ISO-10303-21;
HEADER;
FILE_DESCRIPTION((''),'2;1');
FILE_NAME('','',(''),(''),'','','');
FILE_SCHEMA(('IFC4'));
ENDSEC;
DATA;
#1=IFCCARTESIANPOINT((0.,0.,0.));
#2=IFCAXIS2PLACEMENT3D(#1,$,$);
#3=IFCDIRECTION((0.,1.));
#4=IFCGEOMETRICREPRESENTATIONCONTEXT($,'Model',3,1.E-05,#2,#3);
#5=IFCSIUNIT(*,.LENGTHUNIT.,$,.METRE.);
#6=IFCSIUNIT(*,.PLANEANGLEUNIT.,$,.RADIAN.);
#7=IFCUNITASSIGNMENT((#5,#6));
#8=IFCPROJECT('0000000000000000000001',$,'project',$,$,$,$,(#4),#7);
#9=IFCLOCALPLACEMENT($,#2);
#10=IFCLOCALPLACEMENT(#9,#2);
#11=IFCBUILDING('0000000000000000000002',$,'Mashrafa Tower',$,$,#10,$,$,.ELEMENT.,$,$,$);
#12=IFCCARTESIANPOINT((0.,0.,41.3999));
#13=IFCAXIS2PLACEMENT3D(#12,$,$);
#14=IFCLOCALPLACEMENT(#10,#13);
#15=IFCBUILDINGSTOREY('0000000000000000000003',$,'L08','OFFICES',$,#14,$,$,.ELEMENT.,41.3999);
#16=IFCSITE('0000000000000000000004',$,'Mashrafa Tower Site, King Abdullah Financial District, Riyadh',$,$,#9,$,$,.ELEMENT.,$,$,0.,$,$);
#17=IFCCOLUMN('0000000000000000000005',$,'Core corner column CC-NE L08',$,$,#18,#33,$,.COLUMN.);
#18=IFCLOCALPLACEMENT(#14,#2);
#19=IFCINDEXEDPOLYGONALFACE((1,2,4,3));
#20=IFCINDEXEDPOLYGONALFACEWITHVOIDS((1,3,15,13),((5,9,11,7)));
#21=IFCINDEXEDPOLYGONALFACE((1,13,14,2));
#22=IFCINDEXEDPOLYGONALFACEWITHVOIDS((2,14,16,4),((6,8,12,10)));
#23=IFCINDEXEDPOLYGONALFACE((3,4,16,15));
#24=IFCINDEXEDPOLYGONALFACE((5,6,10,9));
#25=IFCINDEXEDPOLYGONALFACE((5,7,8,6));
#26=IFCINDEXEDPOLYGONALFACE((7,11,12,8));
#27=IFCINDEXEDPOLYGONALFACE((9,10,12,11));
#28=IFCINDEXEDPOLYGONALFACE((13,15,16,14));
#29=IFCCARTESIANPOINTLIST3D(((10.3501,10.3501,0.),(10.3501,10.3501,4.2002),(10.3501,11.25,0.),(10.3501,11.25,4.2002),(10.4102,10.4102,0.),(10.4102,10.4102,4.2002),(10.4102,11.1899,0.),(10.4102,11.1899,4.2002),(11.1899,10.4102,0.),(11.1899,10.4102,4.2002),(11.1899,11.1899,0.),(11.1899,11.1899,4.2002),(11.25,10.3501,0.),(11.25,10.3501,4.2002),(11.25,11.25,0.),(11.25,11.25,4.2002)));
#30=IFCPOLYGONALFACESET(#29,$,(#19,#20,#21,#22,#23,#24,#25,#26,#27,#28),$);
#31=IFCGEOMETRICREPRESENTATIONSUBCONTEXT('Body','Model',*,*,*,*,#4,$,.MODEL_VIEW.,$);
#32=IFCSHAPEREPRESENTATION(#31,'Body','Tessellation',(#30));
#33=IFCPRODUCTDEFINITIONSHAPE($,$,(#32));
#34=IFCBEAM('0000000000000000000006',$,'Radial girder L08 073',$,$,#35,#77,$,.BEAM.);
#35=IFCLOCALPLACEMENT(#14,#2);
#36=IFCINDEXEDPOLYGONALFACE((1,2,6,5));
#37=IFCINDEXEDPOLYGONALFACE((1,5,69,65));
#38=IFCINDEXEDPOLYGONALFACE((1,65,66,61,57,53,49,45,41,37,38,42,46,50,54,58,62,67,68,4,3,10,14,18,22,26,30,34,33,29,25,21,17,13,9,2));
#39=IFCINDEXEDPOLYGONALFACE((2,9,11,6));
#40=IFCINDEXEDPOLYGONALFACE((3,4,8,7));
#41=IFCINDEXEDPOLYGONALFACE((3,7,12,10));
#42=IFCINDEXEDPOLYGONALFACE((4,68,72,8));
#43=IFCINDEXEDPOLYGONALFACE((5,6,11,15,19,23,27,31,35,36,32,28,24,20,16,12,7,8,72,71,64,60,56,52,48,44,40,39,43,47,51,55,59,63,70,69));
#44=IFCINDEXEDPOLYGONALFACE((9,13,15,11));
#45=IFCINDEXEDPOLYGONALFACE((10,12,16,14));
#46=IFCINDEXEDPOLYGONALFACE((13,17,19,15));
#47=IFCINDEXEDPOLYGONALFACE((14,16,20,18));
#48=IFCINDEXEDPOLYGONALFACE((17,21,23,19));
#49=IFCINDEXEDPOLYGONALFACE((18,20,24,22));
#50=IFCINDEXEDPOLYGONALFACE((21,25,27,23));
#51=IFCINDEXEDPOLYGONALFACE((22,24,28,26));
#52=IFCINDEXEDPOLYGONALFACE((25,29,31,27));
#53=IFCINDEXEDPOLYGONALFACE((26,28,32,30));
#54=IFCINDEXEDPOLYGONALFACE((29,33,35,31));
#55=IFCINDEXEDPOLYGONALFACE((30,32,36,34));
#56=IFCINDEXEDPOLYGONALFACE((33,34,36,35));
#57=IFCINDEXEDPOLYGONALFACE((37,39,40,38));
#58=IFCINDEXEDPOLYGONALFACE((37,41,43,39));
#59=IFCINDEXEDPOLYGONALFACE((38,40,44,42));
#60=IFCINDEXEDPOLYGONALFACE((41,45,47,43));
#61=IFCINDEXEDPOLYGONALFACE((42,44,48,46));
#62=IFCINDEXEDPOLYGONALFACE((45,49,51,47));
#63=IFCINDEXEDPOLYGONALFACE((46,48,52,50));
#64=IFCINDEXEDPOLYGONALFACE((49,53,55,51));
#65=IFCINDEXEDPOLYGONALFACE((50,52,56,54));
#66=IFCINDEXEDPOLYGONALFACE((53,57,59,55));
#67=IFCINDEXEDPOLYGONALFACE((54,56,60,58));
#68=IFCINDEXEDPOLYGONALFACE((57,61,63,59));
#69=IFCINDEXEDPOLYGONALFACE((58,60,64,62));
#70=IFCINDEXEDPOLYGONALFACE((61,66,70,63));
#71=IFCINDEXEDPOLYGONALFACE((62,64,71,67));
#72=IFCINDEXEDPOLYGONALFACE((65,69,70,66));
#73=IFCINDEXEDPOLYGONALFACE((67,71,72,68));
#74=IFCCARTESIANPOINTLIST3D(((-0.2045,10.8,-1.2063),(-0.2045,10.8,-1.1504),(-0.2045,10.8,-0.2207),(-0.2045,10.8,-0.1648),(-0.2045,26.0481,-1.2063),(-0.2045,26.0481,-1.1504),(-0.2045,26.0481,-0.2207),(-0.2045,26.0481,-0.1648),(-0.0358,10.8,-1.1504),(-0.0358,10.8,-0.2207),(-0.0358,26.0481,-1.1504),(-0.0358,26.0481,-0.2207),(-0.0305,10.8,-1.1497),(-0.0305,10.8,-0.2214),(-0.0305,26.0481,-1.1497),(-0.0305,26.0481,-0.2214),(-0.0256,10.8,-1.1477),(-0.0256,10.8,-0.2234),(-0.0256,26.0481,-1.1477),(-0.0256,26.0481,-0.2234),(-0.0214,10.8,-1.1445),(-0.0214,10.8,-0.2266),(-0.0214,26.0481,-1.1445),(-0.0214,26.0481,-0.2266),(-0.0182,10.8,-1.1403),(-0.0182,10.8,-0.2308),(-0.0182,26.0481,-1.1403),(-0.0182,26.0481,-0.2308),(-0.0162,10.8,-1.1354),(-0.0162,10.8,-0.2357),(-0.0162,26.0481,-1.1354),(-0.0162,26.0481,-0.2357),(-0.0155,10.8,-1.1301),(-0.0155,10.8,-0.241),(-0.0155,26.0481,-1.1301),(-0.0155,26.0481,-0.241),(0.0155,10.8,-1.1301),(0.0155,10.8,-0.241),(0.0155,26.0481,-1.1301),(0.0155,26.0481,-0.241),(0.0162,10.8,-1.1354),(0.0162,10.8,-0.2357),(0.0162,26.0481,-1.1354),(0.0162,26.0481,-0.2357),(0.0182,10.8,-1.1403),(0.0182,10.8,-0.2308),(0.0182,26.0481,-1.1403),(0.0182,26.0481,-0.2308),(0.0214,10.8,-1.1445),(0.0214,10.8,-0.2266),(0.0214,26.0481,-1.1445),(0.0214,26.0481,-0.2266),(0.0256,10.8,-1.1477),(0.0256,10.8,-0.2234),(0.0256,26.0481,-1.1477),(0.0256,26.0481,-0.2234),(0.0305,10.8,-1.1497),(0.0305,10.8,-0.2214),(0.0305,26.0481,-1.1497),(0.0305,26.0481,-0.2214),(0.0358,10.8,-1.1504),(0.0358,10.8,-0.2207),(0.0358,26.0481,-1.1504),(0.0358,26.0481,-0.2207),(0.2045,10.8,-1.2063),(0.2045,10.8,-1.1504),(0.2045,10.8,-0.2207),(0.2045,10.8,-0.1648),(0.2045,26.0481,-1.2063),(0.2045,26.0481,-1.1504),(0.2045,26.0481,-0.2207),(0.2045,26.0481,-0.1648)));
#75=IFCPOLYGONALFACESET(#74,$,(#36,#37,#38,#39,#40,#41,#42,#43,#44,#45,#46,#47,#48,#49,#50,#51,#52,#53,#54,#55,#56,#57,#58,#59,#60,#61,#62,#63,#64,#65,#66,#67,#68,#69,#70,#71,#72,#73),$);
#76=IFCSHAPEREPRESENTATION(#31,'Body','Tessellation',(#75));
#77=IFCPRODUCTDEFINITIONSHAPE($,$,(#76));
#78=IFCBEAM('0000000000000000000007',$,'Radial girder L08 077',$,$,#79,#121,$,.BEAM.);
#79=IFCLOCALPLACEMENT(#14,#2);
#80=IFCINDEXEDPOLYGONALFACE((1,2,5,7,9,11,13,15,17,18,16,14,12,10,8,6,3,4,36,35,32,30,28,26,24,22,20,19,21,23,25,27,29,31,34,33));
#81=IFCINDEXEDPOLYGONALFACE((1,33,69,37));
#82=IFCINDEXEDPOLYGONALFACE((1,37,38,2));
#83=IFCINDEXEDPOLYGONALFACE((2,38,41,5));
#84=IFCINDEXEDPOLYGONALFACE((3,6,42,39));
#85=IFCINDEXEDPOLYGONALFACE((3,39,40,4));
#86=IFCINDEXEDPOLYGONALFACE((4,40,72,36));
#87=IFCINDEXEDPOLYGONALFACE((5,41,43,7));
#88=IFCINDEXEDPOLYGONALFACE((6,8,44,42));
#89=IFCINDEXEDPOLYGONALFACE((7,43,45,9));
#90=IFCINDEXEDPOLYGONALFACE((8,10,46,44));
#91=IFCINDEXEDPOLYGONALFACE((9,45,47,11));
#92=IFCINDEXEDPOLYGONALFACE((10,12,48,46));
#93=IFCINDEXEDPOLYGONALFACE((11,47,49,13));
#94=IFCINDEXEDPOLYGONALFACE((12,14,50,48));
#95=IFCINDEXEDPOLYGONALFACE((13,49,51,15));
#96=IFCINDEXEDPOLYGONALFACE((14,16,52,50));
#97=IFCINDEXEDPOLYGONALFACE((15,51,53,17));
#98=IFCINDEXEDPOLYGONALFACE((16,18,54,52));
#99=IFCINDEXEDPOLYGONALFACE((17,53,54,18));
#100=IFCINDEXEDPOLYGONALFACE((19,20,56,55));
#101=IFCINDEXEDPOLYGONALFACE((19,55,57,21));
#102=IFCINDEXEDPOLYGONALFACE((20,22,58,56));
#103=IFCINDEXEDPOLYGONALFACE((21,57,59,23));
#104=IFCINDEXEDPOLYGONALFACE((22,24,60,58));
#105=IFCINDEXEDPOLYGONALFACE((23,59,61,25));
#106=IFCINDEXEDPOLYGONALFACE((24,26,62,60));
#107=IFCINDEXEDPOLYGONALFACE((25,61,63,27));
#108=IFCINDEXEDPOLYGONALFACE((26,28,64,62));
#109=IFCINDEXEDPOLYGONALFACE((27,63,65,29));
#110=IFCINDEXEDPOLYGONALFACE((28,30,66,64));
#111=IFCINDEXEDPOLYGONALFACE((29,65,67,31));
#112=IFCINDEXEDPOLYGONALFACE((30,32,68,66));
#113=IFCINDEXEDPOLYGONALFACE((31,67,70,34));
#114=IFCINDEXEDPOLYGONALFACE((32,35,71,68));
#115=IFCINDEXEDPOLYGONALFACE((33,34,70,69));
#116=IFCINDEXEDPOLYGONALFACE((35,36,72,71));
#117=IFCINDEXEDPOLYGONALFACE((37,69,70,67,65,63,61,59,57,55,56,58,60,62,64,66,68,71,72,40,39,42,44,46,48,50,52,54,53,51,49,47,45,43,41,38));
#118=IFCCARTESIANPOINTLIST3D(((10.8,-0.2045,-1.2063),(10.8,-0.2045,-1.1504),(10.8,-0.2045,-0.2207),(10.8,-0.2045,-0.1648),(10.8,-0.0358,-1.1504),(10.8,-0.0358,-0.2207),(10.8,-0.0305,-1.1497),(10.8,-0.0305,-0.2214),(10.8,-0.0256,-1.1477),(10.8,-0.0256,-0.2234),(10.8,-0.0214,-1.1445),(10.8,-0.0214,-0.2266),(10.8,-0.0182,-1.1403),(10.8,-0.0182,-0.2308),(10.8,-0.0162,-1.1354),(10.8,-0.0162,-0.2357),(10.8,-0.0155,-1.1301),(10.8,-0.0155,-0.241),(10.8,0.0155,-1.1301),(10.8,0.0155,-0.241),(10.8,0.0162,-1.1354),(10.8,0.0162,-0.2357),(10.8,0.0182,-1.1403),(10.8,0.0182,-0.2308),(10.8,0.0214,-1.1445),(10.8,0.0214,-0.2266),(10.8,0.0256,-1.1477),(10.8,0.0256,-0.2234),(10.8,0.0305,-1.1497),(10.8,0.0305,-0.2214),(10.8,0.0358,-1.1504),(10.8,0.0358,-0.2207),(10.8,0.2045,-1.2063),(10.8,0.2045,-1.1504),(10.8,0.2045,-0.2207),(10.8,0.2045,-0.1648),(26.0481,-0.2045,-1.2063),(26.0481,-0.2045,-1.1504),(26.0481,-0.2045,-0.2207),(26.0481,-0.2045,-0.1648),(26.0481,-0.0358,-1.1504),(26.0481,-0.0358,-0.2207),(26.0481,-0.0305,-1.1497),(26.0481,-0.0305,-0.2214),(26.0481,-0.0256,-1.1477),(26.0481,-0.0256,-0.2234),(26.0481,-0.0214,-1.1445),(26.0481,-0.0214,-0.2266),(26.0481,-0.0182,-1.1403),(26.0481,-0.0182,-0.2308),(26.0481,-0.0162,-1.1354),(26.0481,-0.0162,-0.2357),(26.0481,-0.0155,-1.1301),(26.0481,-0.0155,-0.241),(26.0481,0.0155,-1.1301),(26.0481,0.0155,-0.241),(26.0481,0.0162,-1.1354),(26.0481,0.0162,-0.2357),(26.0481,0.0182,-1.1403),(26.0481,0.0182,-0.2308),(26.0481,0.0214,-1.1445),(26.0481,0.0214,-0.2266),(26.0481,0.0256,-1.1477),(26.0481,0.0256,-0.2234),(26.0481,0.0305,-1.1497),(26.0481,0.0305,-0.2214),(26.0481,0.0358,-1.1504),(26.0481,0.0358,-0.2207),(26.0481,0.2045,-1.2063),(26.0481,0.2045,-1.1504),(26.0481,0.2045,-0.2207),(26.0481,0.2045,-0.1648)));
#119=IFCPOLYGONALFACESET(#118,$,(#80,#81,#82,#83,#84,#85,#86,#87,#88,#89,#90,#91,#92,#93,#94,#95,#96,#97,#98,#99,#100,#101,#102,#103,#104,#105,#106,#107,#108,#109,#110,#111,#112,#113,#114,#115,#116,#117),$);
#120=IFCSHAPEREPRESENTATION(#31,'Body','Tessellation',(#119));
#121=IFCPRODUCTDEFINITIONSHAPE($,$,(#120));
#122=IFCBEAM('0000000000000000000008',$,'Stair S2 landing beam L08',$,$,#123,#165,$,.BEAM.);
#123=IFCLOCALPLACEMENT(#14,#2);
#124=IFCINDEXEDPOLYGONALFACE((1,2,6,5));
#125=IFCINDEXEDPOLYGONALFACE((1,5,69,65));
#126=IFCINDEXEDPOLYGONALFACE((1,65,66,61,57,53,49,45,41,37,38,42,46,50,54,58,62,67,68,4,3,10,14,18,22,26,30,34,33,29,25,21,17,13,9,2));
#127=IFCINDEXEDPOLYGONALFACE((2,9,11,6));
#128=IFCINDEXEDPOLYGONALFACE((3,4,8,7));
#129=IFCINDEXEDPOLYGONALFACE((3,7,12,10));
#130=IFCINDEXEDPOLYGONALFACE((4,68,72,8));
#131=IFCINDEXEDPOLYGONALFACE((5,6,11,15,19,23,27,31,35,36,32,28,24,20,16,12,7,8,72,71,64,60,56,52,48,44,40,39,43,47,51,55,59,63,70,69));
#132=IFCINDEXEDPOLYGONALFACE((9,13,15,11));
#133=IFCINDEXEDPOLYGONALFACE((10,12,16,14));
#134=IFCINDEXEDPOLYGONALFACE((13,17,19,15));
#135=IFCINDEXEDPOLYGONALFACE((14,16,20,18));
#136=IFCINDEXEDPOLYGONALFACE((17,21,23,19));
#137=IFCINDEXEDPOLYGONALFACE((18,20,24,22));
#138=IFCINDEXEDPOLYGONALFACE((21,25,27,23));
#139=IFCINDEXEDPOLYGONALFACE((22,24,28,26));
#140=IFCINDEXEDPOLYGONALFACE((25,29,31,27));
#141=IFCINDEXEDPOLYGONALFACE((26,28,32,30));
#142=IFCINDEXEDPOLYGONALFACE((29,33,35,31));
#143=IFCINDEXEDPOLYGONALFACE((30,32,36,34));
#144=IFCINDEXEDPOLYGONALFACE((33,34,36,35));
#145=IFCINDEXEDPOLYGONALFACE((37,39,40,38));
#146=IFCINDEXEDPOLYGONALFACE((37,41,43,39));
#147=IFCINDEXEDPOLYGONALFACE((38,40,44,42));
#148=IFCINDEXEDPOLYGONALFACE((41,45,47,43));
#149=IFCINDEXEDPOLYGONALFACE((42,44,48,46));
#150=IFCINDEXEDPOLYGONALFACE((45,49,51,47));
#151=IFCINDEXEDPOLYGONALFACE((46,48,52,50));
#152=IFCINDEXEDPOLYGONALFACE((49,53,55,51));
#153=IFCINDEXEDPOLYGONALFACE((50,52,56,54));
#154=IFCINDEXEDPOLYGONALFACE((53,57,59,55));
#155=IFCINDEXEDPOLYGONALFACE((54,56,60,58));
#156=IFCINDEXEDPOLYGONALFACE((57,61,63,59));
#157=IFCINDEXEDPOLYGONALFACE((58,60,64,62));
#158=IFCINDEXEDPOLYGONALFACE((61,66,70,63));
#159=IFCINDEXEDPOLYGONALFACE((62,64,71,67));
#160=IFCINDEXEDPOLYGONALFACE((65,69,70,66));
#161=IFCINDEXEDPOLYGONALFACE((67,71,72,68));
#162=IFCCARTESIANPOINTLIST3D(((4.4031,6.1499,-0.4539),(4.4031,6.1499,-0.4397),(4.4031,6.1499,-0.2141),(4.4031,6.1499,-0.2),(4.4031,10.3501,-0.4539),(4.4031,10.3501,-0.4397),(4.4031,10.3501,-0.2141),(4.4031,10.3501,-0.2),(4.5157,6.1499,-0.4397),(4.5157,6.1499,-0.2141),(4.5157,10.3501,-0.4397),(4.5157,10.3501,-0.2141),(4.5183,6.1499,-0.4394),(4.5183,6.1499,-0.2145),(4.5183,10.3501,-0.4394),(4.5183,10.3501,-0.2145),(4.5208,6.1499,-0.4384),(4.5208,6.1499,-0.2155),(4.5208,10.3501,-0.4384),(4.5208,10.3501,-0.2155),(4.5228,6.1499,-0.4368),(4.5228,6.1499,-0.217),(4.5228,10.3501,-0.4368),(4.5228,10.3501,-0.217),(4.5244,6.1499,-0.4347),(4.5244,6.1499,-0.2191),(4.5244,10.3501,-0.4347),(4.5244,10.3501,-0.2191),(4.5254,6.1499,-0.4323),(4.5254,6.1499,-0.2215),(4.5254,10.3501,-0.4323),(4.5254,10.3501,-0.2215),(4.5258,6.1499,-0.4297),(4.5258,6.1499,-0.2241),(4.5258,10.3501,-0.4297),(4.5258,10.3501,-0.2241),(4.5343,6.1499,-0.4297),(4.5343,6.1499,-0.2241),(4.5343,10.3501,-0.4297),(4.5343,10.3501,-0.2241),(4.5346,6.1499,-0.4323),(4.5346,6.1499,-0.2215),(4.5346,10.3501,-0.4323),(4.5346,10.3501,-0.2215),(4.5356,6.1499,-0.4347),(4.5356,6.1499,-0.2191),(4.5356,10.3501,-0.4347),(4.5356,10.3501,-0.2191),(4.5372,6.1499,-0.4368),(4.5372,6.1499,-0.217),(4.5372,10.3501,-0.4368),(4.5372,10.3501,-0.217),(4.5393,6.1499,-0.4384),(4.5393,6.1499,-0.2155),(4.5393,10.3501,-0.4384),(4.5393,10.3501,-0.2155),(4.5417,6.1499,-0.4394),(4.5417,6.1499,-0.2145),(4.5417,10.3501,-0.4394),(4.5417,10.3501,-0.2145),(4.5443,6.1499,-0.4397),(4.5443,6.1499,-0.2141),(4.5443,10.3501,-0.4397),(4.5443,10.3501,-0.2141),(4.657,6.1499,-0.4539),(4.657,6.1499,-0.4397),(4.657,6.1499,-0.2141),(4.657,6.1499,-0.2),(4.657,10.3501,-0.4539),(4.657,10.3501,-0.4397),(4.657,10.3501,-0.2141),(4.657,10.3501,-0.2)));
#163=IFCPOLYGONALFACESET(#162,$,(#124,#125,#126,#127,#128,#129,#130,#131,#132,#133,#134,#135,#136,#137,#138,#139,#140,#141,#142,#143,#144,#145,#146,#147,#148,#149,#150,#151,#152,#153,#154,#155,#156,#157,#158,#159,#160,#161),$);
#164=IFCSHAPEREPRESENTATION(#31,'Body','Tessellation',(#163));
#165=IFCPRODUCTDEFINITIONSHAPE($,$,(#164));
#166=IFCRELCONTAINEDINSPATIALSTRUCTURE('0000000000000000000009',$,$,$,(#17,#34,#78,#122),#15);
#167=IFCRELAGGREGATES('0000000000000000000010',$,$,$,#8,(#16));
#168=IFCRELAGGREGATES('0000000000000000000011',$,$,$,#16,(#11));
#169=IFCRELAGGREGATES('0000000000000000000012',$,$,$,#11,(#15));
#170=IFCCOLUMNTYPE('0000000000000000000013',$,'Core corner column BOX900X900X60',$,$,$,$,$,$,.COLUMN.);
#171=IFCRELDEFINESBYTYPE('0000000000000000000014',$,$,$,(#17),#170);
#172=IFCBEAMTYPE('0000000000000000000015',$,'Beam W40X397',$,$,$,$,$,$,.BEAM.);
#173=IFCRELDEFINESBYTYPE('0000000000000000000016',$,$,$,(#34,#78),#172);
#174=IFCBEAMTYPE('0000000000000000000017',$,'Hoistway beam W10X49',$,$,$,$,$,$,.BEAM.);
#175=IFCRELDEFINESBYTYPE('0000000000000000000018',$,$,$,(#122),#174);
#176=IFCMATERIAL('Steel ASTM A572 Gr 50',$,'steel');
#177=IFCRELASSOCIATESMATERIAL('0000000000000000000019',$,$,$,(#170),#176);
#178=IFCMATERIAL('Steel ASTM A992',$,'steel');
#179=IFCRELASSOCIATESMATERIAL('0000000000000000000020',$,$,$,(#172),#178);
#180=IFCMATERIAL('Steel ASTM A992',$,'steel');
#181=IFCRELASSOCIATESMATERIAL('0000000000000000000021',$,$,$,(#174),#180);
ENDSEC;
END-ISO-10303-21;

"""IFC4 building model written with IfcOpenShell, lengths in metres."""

from ifc_helpers import new_model, si_unit, direction, frame, origin, origin_2d, place, context, subcontext, project, spatial, hollow_rectangle, i_section, extrude, material, material_profile, profile_set, type_object, element, save


model = new_model("IFC4")

# Units and contexts
model_context = context("Model", 3, precision=1e-05, world=origin(), true_north=direction((0.0, 1.0)))
body_context = subcontext(model_context, "Body", "Model", "MODEL_VIEW")
ifc_project = project(units=[si_unit("LENGTHUNIT", "METRE"), si_unit("PLANEANGLEUNIT", "RADIAN")], contexts=[model_context])

# Site, building, storey
site_placement = place(None, origin())
site = spatial("IfcSite", under=ifc_project, at=site_placement, Name="Mashrafa Tower Site, King Abdullah Financial District, Riyadh", CompositionType="ELEMENT", RefElevation=0.0)
building_placement = place(site_placement, origin())
building = spatial("IfcBuilding", under=site, at=building_placement, Name="Mashrafa Tower", CompositionType="ELEMENT")
storey_placement = place(building_placement, frame((0.0, 0.0, 41.3999)))
storey = spatial("IfcBuildingStorey", under=building, at=storey_placement, Name="L08", Description="OFFICES", CompositionType="ELEMENT", Elevation=41.3999)

# Column
ifc_material_1 = material(Name="Steel ASTM A572 Gr 50", Category="steel")
ifc_material_profile_1 = material_profile(ifc_material_1, hollow_rectangle(XDim=0.8999, YDim=0.8999, WallThickness=0.0601, at=origin_2d()), Name="BOX900X900X60")
ifc_profile_set_1 = profile_set([ifc_material_profile_1], Name="Steel ASTM A572 Gr 50")
column_type = type_object("IfcColumnType", Name="Core corner column BOX900X900X60", PredefinedType="COLUMN", material=ifc_profile_set_1)
column_placement = place(storey_placement, frame((10.8, 10.8, 0.0), z_axis=(0.0, 0.0, 1.0), x_axis=(1.0, 0.0, 0.0)))
element("IfcColumn", 1, at=column_placement, inside=storey, type_object=column_type, Name="Core corner column CC-NE L08", PredefinedType="COLUMN", context=body_context, shape_type="SweptSolid", body=[
    extrude(hollow_rectangle(XDim=0.8999, YDim=0.8999, WallThickness=0.0601, at=origin_2d()), origin(), (0.0, 0.0, 1.0), 4.2002),
])

# Beams
ifc_material_2 = material(Name="Steel ASTM A992", Category="steel")
ifc_material_profile_2 = material_profile(ifc_material_2, i_section(OverallWidth=0.4089, OverallDepth=1.0415, WebThickness=0.031, FlangeThickness=0.0559, FilletRadius=0.0203, at=origin_2d()), Name="W40X397")
ifc_profile_set_2 = profile_set([ifc_material_profile_2], Name="Steel ASTM A992")
beam_type_1 = type_object("IfcBeamType", Name="Beam W40X397", PredefinedType="BEAM", material=ifc_profile_set_2)
for number, where, z_axis, x_axis, name in (
    (2, (0.0, 10.8, -0.6855), (0.0, 1.0, 0.0), (-1.0, 0.0, 0.0), "Radial girder L08 073"),
    (3, (10.8, 0.0, -0.6855), (1.0, 0.0, 0.0), (0.0, 1.0, 0.0), "Radial girder L08 077"),
):
    element("IfcBeam", number, at=place(storey_placement, frame(where, z_axis=z_axis, x_axis=x_axis)), inside=storey, type_object=beam_type_1, Name=name, PredefinedType="BEAM", context=body_context, shape_type="SweptSolid", body=[
        extrude(i_section(OverallWidth=0.4089, OverallDepth=1.0415, WebThickness=0.031, FlangeThickness=0.0559, FilletRadius=0.0203, at=origin_2d()), origin(), (0.0, 0.0, 1.0), 15.248),
    ])
ifc_material_3 = material(Name="Steel ASTM A992", Category="steel")
ifc_material_profile_3 = material_profile(ifc_material_3, i_section(OverallWidth=0.2539, OverallDepth=0.2539, WebThickness=0.0085, FlangeThickness=0.0142, FilletRadius=0.01, at=origin_2d()), Name="W10X49")
ifc_profile_set_3 = profile_set([ifc_material_profile_3], Name="Steel ASTM A992")
beam_type_2 = type_object("IfcBeamType", Name="Hoistway beam W10X49", PredefinedType="BEAM", material=ifc_profile_set_3)
beam_placement = place(storey_placement, frame((4.53, 6.1499, -0.3269), z_axis=(0.0, 1.0, 0.0), x_axis=(-1.0, 0.0, 0.0)))
element("IfcBeam", 4, at=beam_placement, inside=storey, type_object=beam_type_2, Name="Stair S2 landing beam L08", PredefinedType="BEAM", context=body_context, shape_type="SweptSolid", body=[
    extrude(i_section(OverallWidth=0.2539, OverallDepth=0.2539, WebThickness=0.0085, FlangeThickness=0.0142, FilletRadius=0.01, at=origin_2d()), origin(), (0.0, 0.0, 1.0), 4.2002),
])

save(model, "model.ifc")
